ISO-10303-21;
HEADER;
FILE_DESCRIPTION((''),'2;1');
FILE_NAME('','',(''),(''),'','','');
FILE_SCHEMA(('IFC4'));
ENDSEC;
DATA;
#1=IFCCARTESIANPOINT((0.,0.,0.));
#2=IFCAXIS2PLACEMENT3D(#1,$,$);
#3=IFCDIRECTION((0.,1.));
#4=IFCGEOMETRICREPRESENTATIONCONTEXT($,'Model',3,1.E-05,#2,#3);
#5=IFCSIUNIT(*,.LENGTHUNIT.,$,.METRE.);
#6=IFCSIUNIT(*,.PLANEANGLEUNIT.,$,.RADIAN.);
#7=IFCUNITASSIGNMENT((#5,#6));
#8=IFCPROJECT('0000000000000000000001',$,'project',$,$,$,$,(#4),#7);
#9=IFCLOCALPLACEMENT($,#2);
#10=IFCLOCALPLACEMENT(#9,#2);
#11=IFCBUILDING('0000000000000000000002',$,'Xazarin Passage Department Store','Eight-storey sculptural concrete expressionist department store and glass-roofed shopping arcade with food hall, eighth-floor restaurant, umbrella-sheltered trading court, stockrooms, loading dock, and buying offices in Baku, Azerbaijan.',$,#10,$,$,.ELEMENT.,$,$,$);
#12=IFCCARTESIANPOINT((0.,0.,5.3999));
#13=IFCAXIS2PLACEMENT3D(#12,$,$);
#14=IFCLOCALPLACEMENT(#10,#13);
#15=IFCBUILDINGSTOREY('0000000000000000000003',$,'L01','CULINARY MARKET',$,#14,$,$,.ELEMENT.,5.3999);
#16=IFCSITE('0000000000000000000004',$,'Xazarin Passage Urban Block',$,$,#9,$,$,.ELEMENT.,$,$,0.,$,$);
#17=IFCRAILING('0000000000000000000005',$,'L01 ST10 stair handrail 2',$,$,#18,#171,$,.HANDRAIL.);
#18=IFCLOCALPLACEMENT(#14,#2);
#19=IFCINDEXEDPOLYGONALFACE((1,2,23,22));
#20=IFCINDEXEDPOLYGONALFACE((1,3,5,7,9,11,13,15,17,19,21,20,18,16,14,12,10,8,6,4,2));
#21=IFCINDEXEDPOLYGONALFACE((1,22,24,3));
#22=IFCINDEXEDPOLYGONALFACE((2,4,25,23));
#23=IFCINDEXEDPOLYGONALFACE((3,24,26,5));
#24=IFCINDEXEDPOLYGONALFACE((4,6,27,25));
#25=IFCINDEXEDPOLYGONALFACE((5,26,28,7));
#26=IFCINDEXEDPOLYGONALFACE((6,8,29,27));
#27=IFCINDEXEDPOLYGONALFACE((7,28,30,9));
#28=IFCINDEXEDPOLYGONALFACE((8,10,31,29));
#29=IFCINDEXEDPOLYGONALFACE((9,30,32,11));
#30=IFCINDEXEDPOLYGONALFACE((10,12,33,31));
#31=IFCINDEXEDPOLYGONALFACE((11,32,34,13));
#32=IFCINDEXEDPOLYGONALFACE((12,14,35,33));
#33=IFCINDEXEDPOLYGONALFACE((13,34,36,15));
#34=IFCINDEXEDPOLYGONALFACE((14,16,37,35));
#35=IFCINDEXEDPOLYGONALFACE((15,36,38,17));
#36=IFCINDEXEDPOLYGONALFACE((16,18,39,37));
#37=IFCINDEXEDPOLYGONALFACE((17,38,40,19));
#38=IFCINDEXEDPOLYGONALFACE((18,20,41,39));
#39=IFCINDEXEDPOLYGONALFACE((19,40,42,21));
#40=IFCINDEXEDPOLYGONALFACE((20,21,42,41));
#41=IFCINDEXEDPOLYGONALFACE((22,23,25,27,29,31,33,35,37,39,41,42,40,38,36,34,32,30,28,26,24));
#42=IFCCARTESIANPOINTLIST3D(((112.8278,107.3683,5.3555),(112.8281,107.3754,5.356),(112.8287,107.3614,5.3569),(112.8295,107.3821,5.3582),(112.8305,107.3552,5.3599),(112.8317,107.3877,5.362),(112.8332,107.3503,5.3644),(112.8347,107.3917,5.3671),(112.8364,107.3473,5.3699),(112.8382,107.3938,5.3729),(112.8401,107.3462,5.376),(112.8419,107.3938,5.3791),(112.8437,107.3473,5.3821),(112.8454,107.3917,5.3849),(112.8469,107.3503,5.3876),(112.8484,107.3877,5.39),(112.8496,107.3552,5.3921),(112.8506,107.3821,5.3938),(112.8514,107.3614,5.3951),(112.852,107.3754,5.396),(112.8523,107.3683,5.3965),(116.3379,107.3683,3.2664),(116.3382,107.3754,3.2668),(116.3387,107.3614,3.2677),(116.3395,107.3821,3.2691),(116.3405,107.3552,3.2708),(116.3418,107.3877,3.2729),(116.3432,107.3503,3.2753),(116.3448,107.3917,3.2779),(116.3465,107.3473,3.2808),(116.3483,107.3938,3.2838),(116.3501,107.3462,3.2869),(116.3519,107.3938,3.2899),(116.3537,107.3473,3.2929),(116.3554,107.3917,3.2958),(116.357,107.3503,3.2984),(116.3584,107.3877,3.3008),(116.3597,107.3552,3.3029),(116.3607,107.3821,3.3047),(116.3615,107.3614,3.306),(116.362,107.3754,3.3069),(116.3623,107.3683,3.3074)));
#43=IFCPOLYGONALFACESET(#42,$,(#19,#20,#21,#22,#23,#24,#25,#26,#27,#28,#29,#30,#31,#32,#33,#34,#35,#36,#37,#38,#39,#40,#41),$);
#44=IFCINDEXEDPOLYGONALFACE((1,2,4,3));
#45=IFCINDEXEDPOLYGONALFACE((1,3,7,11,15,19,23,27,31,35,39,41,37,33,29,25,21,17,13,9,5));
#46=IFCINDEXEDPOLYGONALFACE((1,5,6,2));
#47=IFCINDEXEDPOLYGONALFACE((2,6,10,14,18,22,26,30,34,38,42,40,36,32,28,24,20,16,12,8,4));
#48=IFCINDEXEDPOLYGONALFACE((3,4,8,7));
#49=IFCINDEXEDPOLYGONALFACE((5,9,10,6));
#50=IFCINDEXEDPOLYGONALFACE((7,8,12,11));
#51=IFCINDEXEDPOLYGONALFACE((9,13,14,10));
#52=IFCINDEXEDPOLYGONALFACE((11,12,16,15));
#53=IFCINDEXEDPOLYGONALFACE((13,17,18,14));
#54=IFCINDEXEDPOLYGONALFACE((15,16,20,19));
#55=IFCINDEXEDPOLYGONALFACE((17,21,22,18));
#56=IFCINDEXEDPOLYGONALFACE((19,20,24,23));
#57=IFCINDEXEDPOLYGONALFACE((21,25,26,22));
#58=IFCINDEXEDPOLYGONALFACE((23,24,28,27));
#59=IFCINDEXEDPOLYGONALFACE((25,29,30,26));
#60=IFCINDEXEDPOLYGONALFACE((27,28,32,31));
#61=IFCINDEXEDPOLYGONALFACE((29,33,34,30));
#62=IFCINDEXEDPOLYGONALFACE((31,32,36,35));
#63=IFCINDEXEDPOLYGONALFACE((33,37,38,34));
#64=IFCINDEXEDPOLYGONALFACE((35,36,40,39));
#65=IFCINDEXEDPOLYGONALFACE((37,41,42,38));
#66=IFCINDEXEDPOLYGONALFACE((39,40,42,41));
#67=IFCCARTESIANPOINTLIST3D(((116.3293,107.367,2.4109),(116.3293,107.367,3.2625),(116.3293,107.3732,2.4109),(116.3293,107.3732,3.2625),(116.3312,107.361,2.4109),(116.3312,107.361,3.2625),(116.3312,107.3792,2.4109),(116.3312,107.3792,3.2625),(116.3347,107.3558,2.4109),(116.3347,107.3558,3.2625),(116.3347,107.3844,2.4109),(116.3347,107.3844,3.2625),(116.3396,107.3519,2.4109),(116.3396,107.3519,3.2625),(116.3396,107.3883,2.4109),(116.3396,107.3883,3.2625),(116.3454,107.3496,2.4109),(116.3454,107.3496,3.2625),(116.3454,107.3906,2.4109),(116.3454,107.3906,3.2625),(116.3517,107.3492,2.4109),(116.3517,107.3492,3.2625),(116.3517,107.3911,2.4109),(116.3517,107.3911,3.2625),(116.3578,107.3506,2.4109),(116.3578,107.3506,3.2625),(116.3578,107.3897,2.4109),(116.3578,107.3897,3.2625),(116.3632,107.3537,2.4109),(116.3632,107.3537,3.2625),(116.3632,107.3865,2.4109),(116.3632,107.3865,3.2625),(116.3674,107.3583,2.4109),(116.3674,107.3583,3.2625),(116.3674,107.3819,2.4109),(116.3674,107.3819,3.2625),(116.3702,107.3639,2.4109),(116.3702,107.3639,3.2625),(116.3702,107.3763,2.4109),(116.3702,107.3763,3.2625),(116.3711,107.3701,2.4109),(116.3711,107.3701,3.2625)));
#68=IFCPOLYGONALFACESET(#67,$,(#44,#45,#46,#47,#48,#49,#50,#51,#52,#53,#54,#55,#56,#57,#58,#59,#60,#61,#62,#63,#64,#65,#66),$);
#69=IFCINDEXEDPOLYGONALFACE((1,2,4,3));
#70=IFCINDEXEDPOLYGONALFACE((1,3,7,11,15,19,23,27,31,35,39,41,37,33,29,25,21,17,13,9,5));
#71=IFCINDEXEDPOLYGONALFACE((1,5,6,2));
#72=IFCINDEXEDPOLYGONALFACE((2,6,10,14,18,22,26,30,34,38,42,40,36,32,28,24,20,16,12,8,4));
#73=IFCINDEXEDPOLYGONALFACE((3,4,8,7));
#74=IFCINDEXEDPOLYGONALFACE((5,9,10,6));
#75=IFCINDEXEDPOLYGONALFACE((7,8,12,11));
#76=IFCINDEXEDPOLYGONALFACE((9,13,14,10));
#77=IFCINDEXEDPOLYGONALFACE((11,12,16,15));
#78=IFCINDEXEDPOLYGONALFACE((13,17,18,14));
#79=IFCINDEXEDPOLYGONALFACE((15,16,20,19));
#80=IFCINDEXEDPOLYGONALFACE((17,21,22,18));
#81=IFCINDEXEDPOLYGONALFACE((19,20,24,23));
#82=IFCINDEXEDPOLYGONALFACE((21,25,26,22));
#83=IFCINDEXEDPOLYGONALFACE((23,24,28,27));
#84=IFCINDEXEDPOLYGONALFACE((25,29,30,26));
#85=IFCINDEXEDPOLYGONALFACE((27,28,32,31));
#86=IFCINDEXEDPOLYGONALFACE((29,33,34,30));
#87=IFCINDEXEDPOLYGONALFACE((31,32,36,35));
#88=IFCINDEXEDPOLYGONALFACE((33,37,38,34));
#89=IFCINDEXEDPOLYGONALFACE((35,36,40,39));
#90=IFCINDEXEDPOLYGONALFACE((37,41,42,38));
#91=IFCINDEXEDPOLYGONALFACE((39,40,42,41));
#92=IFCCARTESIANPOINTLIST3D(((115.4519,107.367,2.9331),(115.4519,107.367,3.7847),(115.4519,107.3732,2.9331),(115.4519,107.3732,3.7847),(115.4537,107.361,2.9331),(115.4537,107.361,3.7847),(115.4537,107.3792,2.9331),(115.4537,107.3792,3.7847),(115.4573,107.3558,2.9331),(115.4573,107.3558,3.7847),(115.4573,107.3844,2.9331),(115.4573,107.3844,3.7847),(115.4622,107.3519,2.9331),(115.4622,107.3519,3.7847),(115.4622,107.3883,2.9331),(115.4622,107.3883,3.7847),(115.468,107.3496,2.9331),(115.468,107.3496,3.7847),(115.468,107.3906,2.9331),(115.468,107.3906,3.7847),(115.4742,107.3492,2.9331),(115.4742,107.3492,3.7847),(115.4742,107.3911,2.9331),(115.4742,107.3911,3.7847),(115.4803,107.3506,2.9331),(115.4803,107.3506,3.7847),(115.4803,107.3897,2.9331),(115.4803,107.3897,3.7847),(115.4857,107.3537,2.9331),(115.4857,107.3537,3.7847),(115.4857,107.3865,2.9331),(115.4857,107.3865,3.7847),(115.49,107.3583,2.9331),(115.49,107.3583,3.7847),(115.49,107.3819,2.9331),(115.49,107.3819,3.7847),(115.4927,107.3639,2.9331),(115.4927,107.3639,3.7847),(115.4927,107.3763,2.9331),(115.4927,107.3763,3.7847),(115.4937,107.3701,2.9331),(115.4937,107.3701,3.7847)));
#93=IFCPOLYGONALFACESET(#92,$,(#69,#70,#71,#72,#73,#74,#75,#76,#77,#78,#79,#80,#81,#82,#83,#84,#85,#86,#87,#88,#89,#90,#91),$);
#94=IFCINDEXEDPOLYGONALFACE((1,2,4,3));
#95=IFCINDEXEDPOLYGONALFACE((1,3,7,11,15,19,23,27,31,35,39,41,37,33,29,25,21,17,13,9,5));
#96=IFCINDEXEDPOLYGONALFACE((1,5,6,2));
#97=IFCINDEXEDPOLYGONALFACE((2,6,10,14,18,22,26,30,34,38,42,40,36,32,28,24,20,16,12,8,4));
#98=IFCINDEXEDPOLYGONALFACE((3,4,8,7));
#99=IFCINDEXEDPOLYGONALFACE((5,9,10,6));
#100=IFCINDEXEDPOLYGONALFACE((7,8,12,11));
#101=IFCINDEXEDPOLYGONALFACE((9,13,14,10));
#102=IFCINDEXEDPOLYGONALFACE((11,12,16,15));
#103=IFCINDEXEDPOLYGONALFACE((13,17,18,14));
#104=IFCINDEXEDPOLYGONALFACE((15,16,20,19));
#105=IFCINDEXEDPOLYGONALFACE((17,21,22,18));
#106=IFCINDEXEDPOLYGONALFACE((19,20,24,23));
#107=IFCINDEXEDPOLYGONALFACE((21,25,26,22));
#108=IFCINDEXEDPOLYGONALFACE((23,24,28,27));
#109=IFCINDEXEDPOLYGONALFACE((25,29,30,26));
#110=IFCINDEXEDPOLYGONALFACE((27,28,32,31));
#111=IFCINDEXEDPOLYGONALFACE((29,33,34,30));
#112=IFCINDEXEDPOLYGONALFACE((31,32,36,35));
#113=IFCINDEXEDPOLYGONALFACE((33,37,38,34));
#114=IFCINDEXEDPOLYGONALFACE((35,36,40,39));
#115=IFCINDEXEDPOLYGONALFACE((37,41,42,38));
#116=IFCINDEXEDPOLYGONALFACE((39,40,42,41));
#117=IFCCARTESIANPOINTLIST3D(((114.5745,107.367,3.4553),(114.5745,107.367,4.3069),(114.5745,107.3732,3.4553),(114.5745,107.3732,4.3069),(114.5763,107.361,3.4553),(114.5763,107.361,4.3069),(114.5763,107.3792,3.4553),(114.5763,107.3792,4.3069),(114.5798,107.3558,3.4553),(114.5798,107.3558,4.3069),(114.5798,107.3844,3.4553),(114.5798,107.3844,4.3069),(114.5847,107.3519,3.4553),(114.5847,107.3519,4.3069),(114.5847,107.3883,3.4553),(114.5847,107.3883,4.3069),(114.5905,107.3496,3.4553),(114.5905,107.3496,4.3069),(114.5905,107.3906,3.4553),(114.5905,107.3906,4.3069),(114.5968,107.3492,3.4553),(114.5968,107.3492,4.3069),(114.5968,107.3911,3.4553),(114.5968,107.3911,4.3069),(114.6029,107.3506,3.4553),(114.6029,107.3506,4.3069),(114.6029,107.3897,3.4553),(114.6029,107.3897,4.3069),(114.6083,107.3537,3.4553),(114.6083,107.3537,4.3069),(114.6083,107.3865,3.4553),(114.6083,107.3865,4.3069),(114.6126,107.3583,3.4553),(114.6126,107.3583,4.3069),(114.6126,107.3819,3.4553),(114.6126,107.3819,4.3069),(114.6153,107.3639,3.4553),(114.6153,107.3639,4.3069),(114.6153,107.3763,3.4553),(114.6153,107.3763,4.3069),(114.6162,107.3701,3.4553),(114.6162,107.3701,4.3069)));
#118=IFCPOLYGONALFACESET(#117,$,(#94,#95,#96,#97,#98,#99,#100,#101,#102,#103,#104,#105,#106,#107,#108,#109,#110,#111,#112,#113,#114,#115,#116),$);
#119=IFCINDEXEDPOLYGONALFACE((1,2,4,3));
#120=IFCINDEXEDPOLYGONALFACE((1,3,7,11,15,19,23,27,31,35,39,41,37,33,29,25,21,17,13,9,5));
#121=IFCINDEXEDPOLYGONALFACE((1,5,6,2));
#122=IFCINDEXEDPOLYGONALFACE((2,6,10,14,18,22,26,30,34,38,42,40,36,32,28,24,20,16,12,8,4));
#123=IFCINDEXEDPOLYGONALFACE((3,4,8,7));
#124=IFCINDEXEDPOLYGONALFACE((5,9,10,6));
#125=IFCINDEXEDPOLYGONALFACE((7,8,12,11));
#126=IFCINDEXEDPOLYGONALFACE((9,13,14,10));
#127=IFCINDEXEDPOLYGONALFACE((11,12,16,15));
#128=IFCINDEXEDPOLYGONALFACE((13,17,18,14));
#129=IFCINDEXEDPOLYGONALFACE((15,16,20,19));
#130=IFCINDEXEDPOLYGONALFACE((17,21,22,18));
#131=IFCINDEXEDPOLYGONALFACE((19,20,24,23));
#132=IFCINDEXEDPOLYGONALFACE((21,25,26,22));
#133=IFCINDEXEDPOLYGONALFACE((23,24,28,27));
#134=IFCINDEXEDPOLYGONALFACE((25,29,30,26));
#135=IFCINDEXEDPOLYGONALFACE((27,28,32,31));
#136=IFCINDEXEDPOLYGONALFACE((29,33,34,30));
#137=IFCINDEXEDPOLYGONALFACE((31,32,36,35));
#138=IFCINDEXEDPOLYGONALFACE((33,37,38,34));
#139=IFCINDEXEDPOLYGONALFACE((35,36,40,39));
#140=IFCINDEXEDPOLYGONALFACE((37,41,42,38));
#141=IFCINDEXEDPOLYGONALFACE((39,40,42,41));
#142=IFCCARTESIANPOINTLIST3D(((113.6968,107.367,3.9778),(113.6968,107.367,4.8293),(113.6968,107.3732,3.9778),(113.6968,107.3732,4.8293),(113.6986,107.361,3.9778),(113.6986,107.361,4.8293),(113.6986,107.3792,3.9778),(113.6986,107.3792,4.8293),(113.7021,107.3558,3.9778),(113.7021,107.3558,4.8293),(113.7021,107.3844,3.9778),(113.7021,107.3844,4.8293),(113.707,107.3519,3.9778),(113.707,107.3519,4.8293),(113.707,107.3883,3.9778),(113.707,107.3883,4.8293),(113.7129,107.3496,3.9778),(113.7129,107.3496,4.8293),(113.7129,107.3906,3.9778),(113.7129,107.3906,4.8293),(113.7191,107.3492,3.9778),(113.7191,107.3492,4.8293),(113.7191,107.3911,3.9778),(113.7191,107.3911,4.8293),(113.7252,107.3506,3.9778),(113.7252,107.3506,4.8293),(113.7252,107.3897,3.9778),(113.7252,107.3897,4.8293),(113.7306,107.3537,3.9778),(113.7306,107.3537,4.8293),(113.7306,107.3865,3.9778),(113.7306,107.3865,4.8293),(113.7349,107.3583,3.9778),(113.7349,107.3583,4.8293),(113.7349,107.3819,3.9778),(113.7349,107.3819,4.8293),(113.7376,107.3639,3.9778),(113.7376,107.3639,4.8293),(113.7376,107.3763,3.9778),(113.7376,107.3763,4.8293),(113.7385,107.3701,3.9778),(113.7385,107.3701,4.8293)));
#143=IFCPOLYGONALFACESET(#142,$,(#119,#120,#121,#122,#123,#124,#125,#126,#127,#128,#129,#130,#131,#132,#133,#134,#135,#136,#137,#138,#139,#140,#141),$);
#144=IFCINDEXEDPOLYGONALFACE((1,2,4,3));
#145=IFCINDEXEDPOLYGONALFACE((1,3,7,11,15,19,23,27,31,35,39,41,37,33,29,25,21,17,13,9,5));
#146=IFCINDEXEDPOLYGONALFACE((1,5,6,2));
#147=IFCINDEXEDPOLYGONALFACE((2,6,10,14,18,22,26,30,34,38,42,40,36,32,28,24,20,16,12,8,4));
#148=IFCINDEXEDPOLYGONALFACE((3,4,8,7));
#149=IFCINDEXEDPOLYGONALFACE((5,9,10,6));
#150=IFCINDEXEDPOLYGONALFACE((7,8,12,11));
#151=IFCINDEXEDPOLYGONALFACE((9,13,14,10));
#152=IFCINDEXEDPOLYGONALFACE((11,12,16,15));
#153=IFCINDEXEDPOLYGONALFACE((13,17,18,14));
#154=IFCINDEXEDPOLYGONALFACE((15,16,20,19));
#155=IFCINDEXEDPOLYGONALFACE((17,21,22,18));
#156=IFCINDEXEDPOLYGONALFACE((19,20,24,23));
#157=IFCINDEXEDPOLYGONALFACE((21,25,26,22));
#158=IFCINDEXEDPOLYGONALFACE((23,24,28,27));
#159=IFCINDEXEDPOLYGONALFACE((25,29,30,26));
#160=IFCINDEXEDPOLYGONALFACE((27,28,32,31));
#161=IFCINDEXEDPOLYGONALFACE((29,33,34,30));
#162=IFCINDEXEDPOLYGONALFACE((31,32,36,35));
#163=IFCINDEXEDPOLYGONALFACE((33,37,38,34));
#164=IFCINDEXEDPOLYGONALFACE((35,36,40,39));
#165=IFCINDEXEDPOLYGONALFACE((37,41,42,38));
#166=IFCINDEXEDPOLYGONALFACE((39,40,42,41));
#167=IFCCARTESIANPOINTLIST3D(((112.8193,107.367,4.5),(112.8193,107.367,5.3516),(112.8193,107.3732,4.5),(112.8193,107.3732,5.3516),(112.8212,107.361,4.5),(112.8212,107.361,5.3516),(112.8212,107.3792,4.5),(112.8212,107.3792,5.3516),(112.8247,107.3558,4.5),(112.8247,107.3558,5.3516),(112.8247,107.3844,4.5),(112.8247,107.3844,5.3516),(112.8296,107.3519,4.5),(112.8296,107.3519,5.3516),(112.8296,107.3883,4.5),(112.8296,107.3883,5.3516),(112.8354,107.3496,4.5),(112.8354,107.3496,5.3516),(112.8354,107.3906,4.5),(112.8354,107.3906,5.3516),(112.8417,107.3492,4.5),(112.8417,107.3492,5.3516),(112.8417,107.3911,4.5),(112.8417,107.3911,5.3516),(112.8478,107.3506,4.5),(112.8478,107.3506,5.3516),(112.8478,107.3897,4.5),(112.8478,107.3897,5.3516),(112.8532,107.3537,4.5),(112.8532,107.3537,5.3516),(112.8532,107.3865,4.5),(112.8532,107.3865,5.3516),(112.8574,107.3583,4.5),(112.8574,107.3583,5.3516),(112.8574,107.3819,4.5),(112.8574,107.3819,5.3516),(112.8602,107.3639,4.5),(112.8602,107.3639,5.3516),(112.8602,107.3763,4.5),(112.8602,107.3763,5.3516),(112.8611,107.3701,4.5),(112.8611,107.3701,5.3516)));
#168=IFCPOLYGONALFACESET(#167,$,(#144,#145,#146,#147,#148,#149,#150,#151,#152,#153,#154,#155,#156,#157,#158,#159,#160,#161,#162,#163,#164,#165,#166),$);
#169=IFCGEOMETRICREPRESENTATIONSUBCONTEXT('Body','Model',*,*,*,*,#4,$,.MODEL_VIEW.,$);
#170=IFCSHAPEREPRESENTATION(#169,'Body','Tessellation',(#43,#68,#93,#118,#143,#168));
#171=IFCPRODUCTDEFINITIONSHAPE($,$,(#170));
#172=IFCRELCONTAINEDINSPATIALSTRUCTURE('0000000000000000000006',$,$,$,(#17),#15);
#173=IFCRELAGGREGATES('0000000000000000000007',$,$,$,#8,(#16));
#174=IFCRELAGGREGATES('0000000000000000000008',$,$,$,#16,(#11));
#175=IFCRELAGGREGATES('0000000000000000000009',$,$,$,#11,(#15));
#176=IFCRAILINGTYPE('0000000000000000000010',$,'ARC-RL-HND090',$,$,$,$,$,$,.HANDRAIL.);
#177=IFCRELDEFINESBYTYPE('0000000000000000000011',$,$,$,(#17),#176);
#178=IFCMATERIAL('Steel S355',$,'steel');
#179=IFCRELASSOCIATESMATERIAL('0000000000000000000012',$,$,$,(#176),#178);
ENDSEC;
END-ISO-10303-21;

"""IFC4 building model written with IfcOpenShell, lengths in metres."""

from ifc_helpers import new_model, si_unit, direction, frame, origin, origin_2d, place, context, subcontext, project, spatial, circle, extrude, material, type_object, element, save


model = new_model("IFC4")

# Units and contexts
model_context = context("Model", 3, precision=1e-05, world=origin(), true_north=direction((0.0, 1.0)))
body_context = subcontext(model_context, "Body", "Model", "MODEL_VIEW")
ifc_project = project(units=[si_unit("LENGTHUNIT", "METRE"), si_unit("PLANEANGLEUNIT", "RADIAN")], contexts=[model_context])

# Site, building, storey
site_placement = place(None, origin())
site = spatial("IfcSite", under=ifc_project, at=site_placement, Name="Xazarin Passage Urban Block", CompositionType="ELEMENT", RefElevation=0.0)
building_placement = place(site_placement, origin())
building = spatial("IfcBuilding", under=site, at=building_placement, Name="Xazarin Passage Department Store", Description="Eight-storey sculptural concrete expressionist department store and glass-roofed shopping arcade with food hall, eighth-floor restaurant, umbrella-sheltered trading court, stockrooms, loading dock, and buying offices in Baku, Azerbaijan.", CompositionType="ELEMENT")
storey_placement = place(building_placement, frame((0.0, 0.0, 5.3999)))
storey = spatial("IfcBuildingStorey", under=building, at=storey_placement, Name="L01", Description="CULINARY MARKET", CompositionType="ELEMENT", Elevation=5.3999)

# Shared definitions
ifc_material_1 = material(Name="Steel S355", Category="steel")

# Railing
railing_type_1 = type_object("IfcRailingType", Name="ARC-RL-HND090", PredefinedType="HANDRAIL", material=ifc_material_1)
railing_1_placement = place(storey_placement, frame((116.3501, 107.3701, 2.4109)))
element("IfcRailing", 1, at=railing_1_placement, inside=storey, type_object=railing_type_1, Name="L01 ST10 stair handrail 2", PredefinedType="HANDRAIL", context=body_context, shape_type="SweptSolid", body=[
    extrude(circle(Radius=0.0239, at=origin_2d()), frame((0.0, 0.0, 0.876), z_axis=(-0.859312, 0.0, 0.511451), x_axis=(0.0, -1.0, 0.0)), (0.0, 0.0, 1.0), 4.0847),
    extrude(circle(Radius=0.021, at=origin_2d()), origin(), (0.0, 0.0, 1.0), 0.8516),
    extrude(circle(Radius=0.021, at=origin_2d()), frame((-0.8774, 0.0, 0.5222)), (0.0, 0.0, 1.0), 0.8516),
    extrude(circle(Radius=0.021, at=origin_2d()), frame((-1.7549, 0.0, 1.0444)), (0.0, 0.0, 1.0), 0.8516),
    extrude(circle(Radius=0.021, at=origin_2d()), frame((-2.6326, 0.0, 1.5669)), (0.0, 0.0, 1.0), 0.8516),
    extrude(circle(Radius=0.021, at=origin_2d()), frame((-3.51, 0.0, 2.0891)), (0.0, 0.0, 1.0), 0.8516),
])

save(model, "model.ifc")
